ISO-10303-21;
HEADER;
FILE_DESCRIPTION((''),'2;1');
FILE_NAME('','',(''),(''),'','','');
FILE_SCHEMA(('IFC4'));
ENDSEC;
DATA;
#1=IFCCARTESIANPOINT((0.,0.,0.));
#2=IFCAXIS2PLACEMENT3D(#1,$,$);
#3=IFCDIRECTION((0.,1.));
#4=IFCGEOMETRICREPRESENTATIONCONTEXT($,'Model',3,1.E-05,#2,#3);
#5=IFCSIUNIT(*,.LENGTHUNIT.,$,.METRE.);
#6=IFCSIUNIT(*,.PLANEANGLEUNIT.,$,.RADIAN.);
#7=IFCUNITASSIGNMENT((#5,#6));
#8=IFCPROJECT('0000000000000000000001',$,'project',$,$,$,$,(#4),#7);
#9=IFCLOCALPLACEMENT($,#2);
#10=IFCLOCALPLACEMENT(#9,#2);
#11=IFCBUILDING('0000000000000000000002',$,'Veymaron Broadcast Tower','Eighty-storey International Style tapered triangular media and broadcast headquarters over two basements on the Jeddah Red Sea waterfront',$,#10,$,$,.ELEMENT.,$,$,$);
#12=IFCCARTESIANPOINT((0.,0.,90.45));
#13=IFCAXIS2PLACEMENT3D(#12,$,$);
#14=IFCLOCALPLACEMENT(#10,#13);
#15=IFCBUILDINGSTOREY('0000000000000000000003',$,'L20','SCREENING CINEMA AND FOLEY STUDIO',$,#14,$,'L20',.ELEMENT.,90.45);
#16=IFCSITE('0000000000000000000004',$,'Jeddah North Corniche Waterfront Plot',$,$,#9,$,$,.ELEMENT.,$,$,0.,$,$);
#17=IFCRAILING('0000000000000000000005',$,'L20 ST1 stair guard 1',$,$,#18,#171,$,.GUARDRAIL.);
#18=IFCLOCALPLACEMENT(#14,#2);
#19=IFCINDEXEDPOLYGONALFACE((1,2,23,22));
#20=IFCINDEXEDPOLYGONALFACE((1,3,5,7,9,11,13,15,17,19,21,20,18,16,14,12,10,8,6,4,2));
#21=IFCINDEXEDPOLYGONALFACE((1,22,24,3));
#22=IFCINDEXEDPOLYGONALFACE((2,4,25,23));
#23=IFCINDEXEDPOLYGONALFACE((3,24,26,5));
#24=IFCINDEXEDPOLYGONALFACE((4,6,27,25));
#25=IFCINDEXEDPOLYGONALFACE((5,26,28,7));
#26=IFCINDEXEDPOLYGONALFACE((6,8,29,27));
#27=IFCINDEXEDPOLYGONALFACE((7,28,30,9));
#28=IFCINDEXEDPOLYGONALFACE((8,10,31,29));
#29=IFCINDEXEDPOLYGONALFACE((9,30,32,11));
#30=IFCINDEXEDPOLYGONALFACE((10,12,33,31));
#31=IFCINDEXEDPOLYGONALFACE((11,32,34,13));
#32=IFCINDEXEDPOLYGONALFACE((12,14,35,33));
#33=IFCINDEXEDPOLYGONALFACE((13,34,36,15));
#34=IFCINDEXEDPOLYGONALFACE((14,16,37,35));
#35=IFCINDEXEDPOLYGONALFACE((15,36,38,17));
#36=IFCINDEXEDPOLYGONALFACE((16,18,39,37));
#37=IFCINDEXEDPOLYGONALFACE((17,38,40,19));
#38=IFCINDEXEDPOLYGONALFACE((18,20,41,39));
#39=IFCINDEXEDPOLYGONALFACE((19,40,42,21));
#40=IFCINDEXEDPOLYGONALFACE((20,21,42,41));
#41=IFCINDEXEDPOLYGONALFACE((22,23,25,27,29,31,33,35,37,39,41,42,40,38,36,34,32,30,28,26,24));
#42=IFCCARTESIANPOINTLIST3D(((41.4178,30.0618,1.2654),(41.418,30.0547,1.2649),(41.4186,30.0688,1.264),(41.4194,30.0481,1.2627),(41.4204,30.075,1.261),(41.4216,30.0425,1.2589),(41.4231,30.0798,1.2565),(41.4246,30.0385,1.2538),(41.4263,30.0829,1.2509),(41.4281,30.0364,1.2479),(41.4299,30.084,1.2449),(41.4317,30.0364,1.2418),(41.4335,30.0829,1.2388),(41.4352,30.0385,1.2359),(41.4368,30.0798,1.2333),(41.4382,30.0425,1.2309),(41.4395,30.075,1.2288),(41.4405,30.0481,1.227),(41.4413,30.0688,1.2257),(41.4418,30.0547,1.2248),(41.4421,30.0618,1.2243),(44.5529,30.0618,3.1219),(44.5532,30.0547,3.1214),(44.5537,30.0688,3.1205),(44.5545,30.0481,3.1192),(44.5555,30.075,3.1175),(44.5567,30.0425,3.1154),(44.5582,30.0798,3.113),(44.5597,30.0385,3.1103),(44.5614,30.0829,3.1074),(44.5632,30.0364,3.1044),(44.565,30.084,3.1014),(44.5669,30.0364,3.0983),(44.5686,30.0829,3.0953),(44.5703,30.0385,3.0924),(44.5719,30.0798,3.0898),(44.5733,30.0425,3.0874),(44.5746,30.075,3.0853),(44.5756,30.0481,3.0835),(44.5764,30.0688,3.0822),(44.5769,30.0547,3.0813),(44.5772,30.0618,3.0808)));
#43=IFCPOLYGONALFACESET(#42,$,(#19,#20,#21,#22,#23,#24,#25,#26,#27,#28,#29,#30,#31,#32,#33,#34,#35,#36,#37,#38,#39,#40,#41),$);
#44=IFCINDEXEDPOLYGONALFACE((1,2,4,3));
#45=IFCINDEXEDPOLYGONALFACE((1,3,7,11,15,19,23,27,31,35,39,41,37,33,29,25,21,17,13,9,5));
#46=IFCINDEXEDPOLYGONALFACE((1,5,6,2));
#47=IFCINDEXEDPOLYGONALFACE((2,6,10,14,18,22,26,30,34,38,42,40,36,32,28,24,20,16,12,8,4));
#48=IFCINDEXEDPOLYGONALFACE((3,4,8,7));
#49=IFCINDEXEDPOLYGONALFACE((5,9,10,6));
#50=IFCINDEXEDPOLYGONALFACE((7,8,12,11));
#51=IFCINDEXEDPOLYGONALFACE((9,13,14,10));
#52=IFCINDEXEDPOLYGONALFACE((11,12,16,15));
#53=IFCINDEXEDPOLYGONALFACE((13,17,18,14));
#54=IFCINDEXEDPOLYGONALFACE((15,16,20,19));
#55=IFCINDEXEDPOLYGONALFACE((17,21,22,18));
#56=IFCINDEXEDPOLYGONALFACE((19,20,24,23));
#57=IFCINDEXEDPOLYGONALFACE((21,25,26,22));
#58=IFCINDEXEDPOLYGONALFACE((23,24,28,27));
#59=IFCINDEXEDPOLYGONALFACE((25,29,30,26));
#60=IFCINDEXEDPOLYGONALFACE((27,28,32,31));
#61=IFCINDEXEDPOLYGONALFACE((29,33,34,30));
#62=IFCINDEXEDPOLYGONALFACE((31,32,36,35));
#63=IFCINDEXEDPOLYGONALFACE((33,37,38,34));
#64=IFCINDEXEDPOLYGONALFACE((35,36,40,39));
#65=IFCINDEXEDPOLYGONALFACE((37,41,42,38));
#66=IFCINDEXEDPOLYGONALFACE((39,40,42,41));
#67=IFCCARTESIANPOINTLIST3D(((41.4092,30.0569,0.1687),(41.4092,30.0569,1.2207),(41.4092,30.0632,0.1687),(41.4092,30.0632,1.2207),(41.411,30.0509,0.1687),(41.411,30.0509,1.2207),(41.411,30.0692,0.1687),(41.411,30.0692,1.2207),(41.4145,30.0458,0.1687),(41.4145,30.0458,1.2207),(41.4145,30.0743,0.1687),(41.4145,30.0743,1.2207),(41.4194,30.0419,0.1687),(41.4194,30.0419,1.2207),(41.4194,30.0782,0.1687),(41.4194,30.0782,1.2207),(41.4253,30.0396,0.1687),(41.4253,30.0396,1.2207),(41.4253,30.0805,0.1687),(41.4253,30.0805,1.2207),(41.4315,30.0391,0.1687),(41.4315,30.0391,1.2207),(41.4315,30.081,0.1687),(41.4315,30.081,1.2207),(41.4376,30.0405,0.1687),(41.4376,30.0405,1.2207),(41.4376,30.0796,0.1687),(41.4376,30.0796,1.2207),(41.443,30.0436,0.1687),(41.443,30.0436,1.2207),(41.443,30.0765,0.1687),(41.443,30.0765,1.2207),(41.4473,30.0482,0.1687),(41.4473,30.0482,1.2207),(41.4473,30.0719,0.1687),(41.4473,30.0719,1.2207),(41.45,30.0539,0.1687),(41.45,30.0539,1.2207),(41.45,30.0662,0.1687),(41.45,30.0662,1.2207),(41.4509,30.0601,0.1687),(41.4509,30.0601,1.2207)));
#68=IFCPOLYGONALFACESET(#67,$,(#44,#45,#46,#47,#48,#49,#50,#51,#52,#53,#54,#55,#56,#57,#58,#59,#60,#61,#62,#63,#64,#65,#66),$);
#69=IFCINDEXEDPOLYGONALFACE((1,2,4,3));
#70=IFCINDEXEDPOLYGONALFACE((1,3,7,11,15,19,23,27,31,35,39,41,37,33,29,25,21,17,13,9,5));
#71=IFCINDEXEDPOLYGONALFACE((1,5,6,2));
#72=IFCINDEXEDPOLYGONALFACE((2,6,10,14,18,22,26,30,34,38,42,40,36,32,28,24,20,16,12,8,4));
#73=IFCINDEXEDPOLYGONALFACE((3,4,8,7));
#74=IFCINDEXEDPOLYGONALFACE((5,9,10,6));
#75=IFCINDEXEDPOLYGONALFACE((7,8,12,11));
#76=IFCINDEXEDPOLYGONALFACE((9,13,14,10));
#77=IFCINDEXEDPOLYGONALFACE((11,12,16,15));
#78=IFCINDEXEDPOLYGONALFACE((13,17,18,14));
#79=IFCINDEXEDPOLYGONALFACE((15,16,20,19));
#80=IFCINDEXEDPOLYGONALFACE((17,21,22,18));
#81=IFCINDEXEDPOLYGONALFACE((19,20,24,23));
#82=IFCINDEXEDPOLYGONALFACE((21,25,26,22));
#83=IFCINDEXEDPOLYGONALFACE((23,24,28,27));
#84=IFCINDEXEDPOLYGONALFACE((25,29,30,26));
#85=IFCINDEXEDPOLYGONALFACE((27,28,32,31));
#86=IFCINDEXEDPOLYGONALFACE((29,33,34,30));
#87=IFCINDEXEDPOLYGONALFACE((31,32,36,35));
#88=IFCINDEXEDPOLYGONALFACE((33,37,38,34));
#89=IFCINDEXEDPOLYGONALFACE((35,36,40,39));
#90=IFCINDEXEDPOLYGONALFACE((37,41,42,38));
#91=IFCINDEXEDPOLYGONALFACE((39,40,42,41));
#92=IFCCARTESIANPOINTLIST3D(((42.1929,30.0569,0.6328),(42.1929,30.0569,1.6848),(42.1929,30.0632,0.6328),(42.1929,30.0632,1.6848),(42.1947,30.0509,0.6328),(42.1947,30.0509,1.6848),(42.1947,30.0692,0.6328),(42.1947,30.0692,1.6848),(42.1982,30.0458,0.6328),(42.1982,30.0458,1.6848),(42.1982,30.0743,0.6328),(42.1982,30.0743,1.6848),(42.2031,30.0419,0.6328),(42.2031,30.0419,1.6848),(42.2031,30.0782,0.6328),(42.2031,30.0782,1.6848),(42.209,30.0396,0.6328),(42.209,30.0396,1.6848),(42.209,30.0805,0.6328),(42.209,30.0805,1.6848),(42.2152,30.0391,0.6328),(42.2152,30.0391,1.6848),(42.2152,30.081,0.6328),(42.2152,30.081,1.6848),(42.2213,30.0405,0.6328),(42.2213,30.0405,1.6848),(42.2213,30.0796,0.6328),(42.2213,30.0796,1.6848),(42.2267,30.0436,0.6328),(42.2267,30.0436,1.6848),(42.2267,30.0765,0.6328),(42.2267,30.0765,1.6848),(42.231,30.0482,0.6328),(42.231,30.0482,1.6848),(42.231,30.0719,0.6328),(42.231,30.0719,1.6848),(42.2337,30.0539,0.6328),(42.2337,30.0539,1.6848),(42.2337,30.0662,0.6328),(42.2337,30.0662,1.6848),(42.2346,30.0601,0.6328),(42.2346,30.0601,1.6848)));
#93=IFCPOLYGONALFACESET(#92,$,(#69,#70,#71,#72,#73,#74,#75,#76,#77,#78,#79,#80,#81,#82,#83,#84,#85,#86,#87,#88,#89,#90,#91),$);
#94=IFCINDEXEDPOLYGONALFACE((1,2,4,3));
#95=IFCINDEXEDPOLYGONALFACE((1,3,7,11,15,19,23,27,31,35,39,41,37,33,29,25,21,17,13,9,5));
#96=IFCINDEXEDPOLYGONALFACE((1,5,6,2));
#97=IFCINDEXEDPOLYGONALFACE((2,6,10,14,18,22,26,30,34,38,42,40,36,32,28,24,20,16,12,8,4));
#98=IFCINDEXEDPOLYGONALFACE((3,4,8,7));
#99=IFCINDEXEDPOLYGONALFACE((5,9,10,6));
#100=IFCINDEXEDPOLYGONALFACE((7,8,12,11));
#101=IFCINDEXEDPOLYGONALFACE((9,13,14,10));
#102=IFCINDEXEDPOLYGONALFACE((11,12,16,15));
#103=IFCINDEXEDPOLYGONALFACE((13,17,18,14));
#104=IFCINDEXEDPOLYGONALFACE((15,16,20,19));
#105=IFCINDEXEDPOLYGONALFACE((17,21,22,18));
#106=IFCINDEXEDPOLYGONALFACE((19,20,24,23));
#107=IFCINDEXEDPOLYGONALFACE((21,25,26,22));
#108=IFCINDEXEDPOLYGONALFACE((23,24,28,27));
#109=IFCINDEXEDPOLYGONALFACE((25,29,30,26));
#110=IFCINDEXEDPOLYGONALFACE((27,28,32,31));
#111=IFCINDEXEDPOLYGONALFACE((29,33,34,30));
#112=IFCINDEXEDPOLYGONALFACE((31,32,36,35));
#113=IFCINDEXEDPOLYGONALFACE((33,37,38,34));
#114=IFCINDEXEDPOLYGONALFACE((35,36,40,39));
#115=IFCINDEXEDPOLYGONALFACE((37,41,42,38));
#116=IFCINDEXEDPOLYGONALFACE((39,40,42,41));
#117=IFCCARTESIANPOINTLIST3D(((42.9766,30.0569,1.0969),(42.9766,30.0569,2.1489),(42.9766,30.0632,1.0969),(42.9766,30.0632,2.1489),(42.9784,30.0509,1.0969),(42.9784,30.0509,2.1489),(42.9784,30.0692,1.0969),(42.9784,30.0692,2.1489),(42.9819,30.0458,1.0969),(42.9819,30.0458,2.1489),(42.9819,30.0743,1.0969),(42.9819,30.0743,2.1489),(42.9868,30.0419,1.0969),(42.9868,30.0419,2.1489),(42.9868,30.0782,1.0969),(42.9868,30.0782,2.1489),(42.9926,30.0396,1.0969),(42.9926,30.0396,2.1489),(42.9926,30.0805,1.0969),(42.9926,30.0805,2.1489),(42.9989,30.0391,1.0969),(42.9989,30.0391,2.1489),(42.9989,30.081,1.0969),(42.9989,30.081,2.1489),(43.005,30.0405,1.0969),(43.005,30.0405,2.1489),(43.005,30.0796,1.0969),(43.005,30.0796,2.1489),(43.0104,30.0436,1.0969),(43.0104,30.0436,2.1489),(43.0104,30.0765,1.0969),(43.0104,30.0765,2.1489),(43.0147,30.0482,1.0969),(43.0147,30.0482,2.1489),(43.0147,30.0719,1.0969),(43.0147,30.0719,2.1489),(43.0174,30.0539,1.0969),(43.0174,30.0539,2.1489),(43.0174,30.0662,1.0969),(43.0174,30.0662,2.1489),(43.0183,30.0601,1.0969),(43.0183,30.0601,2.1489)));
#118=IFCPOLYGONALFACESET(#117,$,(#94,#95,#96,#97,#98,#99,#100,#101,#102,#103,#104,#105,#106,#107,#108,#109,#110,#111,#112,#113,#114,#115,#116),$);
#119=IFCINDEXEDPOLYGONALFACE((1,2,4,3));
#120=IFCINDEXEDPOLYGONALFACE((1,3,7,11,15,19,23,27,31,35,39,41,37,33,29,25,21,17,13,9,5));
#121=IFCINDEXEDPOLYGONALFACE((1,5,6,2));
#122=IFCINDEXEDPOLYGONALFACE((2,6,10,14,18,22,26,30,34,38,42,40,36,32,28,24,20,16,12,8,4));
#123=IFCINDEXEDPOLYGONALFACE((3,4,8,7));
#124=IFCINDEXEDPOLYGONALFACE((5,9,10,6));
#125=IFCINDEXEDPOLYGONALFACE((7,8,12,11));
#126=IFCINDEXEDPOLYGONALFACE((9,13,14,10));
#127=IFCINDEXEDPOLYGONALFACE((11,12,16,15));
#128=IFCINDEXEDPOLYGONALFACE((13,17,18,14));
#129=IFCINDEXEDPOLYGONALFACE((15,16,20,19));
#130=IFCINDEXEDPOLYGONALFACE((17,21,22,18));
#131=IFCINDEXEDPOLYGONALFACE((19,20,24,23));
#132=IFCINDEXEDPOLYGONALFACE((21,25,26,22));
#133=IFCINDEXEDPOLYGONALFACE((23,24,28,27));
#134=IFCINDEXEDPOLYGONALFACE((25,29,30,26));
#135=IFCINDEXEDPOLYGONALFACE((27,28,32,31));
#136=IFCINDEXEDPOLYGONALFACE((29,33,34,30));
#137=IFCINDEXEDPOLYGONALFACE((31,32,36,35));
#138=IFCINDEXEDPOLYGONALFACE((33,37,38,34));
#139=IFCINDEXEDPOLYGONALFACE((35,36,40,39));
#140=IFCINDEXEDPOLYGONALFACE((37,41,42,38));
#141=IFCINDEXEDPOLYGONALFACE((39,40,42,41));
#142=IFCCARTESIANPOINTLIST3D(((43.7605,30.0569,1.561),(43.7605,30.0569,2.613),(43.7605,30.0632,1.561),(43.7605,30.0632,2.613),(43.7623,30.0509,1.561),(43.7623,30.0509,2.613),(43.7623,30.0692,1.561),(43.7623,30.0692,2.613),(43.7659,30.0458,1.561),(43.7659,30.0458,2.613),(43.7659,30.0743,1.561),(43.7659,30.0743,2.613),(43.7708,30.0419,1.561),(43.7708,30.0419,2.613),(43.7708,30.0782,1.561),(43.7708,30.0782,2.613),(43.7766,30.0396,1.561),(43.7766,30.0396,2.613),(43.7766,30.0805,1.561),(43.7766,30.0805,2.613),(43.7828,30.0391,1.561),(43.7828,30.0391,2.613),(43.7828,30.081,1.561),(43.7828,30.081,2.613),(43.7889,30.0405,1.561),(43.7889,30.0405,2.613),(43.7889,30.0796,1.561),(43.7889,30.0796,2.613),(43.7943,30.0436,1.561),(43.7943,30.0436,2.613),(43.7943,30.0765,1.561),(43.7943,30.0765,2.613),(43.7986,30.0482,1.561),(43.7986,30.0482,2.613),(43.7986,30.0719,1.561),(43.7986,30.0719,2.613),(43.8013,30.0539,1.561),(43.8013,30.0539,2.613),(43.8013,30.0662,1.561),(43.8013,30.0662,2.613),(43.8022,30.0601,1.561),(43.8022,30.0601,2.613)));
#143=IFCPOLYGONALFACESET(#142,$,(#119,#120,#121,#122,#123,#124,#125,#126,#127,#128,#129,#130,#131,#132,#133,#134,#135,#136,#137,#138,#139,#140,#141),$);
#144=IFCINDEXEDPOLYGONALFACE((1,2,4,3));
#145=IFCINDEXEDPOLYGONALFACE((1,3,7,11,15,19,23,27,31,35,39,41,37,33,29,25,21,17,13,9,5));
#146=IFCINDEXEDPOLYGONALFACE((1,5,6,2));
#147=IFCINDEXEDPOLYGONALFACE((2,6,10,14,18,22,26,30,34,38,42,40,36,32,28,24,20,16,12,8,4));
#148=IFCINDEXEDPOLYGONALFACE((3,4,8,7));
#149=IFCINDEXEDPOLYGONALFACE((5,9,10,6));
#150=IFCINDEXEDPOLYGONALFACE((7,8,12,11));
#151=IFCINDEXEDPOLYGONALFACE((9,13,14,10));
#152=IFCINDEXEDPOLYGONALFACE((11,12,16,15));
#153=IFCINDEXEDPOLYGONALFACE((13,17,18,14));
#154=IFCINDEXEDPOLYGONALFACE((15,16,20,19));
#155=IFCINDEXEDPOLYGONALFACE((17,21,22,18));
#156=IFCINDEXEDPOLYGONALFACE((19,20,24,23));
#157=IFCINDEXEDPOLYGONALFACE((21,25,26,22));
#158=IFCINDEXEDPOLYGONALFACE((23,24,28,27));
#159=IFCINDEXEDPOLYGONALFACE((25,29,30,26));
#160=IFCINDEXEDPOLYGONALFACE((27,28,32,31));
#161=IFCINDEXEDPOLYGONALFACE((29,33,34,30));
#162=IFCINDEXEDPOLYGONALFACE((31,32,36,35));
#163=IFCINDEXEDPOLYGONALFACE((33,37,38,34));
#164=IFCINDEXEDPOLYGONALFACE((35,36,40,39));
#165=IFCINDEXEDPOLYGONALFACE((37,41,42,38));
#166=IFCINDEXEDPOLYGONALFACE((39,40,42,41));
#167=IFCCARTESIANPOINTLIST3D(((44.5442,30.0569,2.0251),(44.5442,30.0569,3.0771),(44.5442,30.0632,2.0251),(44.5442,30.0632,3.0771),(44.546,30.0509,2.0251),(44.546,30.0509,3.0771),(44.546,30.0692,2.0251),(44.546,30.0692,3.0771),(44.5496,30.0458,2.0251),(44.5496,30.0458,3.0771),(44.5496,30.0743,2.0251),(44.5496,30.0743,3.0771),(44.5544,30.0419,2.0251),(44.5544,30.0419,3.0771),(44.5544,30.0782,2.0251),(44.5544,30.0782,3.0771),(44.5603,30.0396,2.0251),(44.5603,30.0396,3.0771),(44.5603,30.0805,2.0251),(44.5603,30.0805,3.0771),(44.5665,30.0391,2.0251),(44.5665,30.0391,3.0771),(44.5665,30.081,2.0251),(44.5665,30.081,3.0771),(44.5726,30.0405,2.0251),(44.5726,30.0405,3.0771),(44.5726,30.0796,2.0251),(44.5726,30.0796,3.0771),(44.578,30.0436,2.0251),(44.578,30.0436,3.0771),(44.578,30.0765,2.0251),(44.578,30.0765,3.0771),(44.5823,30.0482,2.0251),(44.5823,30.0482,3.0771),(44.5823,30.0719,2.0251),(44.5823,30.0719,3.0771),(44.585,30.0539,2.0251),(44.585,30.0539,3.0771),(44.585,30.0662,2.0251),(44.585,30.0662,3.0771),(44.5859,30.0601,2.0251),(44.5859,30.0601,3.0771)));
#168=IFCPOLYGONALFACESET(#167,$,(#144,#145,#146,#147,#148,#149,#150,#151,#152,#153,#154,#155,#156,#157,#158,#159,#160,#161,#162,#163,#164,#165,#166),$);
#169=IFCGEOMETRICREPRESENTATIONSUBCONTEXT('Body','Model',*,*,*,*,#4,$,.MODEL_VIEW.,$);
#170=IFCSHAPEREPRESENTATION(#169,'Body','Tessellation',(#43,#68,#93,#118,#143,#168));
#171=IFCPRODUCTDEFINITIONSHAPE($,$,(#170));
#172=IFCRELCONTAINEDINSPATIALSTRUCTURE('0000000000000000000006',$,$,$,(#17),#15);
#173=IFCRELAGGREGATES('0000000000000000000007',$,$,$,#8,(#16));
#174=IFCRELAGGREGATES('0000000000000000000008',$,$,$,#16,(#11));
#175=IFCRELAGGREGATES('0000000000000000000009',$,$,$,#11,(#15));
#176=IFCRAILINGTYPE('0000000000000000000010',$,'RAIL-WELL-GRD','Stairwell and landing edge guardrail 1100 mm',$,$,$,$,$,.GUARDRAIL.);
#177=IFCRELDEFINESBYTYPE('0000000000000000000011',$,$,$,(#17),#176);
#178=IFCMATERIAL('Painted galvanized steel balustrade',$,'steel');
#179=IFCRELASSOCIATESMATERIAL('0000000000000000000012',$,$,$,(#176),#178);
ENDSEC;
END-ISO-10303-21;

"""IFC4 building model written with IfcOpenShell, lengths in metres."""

from ifc_helpers import new_model, si_unit, direction, frame, origin, origin_2d, place, context, subcontext, project, spatial, circle, extrude, material, type_object, element, save


model = new_model("IFC4")

# Units and contexts
model_context = context("Model", 3, precision=1e-05, world=origin(), true_north=direction((0.0, 1.0)))
body_context = subcontext(model_context, "Body", "Model", "MODEL_VIEW")
ifc_project = project(units=[si_unit("LENGTHUNIT", "METRE"), si_unit("PLANEANGLEUNIT", "RADIAN")], contexts=[model_context])

# Site, building, storey
site_placement = place(None, origin())
site = spatial("IfcSite", under=ifc_project, at=site_placement, Name="Jeddah North Corniche Waterfront Plot", CompositionType="ELEMENT", RefElevation=0.0)
building_placement = place(site_placement, origin())
building = spatial("IfcBuilding", under=site, at=building_placement, Name="Veymaron Broadcast Tower", Description="Eighty-storey International Style tapered triangular media and broadcast headquarters over two basements on the Jeddah Red Sea waterfront", CompositionType="ELEMENT")
storey_placement = place(building_placement, frame((0.0, 0.0, 90.45)))
storey = spatial("IfcBuildingStorey", under=building, at=storey_placement, Name="L20", Description="SCREENING CINEMA AND FOLEY STUDIO", LongName="L20", CompositionType="ELEMENT", Elevation=90.45)

# Railing
ifc_material_1 = material(Name="Painted galvanized steel balustrade", Category="steel")
railing_type_1 = type_object("IfcRailingType", Name="RAIL-WELL-GRD", Description="Stairwell and landing edge guardrail 1100 mm", PredefinedType="GUARDRAIL", material=ifc_material_1)
railing_1_placement = place(storey_placement, frame((41.4299, 30.0601, 0.1687)))
element("IfcRailing", 1, at=railing_1_placement, inside=storey, type_object=railing_type_1, Name="L20 ST1 stair guard 1", PredefinedType="GUARDRAIL", context=body_context, shape_type="SweptSolid", body=[
    extrude(circle(Radius=0.0239, at=origin_2d()), frame((0.0, 0.0, 1.0762), z_axis=(0.860453, 0.0, 0.509531), x_axis=(0.0, 1.0, 0.0)), (0.0, 0.0, 1.0), 3.6436),
    extrude(circle(Radius=0.021, at=origin_2d()), origin(), (0.0, 0.0, 1.0), 1.052),
    extrude(circle(Radius=0.021, at=origin_2d()), frame((0.7837, 0.0, 0.4641)), (0.0, 0.0, 1.0), 1.052),
    extrude(circle(Radius=0.021, at=origin_2d()), frame((1.5674, 0.0, 0.9282)), (0.0, 0.0, 1.0), 1.052),
    extrude(circle(Radius=0.021, at=origin_2d()), frame((2.3513, 0.0, 1.3923)), (0.0, 0.0, 1.0), 1.052),
    extrude(circle(Radius=0.021, at=origin_2d()), frame((3.135, 0.0, 1.8564)), (0.0, 0.0, 1.0), 1.052),
])

save(model, "model.ifc")
